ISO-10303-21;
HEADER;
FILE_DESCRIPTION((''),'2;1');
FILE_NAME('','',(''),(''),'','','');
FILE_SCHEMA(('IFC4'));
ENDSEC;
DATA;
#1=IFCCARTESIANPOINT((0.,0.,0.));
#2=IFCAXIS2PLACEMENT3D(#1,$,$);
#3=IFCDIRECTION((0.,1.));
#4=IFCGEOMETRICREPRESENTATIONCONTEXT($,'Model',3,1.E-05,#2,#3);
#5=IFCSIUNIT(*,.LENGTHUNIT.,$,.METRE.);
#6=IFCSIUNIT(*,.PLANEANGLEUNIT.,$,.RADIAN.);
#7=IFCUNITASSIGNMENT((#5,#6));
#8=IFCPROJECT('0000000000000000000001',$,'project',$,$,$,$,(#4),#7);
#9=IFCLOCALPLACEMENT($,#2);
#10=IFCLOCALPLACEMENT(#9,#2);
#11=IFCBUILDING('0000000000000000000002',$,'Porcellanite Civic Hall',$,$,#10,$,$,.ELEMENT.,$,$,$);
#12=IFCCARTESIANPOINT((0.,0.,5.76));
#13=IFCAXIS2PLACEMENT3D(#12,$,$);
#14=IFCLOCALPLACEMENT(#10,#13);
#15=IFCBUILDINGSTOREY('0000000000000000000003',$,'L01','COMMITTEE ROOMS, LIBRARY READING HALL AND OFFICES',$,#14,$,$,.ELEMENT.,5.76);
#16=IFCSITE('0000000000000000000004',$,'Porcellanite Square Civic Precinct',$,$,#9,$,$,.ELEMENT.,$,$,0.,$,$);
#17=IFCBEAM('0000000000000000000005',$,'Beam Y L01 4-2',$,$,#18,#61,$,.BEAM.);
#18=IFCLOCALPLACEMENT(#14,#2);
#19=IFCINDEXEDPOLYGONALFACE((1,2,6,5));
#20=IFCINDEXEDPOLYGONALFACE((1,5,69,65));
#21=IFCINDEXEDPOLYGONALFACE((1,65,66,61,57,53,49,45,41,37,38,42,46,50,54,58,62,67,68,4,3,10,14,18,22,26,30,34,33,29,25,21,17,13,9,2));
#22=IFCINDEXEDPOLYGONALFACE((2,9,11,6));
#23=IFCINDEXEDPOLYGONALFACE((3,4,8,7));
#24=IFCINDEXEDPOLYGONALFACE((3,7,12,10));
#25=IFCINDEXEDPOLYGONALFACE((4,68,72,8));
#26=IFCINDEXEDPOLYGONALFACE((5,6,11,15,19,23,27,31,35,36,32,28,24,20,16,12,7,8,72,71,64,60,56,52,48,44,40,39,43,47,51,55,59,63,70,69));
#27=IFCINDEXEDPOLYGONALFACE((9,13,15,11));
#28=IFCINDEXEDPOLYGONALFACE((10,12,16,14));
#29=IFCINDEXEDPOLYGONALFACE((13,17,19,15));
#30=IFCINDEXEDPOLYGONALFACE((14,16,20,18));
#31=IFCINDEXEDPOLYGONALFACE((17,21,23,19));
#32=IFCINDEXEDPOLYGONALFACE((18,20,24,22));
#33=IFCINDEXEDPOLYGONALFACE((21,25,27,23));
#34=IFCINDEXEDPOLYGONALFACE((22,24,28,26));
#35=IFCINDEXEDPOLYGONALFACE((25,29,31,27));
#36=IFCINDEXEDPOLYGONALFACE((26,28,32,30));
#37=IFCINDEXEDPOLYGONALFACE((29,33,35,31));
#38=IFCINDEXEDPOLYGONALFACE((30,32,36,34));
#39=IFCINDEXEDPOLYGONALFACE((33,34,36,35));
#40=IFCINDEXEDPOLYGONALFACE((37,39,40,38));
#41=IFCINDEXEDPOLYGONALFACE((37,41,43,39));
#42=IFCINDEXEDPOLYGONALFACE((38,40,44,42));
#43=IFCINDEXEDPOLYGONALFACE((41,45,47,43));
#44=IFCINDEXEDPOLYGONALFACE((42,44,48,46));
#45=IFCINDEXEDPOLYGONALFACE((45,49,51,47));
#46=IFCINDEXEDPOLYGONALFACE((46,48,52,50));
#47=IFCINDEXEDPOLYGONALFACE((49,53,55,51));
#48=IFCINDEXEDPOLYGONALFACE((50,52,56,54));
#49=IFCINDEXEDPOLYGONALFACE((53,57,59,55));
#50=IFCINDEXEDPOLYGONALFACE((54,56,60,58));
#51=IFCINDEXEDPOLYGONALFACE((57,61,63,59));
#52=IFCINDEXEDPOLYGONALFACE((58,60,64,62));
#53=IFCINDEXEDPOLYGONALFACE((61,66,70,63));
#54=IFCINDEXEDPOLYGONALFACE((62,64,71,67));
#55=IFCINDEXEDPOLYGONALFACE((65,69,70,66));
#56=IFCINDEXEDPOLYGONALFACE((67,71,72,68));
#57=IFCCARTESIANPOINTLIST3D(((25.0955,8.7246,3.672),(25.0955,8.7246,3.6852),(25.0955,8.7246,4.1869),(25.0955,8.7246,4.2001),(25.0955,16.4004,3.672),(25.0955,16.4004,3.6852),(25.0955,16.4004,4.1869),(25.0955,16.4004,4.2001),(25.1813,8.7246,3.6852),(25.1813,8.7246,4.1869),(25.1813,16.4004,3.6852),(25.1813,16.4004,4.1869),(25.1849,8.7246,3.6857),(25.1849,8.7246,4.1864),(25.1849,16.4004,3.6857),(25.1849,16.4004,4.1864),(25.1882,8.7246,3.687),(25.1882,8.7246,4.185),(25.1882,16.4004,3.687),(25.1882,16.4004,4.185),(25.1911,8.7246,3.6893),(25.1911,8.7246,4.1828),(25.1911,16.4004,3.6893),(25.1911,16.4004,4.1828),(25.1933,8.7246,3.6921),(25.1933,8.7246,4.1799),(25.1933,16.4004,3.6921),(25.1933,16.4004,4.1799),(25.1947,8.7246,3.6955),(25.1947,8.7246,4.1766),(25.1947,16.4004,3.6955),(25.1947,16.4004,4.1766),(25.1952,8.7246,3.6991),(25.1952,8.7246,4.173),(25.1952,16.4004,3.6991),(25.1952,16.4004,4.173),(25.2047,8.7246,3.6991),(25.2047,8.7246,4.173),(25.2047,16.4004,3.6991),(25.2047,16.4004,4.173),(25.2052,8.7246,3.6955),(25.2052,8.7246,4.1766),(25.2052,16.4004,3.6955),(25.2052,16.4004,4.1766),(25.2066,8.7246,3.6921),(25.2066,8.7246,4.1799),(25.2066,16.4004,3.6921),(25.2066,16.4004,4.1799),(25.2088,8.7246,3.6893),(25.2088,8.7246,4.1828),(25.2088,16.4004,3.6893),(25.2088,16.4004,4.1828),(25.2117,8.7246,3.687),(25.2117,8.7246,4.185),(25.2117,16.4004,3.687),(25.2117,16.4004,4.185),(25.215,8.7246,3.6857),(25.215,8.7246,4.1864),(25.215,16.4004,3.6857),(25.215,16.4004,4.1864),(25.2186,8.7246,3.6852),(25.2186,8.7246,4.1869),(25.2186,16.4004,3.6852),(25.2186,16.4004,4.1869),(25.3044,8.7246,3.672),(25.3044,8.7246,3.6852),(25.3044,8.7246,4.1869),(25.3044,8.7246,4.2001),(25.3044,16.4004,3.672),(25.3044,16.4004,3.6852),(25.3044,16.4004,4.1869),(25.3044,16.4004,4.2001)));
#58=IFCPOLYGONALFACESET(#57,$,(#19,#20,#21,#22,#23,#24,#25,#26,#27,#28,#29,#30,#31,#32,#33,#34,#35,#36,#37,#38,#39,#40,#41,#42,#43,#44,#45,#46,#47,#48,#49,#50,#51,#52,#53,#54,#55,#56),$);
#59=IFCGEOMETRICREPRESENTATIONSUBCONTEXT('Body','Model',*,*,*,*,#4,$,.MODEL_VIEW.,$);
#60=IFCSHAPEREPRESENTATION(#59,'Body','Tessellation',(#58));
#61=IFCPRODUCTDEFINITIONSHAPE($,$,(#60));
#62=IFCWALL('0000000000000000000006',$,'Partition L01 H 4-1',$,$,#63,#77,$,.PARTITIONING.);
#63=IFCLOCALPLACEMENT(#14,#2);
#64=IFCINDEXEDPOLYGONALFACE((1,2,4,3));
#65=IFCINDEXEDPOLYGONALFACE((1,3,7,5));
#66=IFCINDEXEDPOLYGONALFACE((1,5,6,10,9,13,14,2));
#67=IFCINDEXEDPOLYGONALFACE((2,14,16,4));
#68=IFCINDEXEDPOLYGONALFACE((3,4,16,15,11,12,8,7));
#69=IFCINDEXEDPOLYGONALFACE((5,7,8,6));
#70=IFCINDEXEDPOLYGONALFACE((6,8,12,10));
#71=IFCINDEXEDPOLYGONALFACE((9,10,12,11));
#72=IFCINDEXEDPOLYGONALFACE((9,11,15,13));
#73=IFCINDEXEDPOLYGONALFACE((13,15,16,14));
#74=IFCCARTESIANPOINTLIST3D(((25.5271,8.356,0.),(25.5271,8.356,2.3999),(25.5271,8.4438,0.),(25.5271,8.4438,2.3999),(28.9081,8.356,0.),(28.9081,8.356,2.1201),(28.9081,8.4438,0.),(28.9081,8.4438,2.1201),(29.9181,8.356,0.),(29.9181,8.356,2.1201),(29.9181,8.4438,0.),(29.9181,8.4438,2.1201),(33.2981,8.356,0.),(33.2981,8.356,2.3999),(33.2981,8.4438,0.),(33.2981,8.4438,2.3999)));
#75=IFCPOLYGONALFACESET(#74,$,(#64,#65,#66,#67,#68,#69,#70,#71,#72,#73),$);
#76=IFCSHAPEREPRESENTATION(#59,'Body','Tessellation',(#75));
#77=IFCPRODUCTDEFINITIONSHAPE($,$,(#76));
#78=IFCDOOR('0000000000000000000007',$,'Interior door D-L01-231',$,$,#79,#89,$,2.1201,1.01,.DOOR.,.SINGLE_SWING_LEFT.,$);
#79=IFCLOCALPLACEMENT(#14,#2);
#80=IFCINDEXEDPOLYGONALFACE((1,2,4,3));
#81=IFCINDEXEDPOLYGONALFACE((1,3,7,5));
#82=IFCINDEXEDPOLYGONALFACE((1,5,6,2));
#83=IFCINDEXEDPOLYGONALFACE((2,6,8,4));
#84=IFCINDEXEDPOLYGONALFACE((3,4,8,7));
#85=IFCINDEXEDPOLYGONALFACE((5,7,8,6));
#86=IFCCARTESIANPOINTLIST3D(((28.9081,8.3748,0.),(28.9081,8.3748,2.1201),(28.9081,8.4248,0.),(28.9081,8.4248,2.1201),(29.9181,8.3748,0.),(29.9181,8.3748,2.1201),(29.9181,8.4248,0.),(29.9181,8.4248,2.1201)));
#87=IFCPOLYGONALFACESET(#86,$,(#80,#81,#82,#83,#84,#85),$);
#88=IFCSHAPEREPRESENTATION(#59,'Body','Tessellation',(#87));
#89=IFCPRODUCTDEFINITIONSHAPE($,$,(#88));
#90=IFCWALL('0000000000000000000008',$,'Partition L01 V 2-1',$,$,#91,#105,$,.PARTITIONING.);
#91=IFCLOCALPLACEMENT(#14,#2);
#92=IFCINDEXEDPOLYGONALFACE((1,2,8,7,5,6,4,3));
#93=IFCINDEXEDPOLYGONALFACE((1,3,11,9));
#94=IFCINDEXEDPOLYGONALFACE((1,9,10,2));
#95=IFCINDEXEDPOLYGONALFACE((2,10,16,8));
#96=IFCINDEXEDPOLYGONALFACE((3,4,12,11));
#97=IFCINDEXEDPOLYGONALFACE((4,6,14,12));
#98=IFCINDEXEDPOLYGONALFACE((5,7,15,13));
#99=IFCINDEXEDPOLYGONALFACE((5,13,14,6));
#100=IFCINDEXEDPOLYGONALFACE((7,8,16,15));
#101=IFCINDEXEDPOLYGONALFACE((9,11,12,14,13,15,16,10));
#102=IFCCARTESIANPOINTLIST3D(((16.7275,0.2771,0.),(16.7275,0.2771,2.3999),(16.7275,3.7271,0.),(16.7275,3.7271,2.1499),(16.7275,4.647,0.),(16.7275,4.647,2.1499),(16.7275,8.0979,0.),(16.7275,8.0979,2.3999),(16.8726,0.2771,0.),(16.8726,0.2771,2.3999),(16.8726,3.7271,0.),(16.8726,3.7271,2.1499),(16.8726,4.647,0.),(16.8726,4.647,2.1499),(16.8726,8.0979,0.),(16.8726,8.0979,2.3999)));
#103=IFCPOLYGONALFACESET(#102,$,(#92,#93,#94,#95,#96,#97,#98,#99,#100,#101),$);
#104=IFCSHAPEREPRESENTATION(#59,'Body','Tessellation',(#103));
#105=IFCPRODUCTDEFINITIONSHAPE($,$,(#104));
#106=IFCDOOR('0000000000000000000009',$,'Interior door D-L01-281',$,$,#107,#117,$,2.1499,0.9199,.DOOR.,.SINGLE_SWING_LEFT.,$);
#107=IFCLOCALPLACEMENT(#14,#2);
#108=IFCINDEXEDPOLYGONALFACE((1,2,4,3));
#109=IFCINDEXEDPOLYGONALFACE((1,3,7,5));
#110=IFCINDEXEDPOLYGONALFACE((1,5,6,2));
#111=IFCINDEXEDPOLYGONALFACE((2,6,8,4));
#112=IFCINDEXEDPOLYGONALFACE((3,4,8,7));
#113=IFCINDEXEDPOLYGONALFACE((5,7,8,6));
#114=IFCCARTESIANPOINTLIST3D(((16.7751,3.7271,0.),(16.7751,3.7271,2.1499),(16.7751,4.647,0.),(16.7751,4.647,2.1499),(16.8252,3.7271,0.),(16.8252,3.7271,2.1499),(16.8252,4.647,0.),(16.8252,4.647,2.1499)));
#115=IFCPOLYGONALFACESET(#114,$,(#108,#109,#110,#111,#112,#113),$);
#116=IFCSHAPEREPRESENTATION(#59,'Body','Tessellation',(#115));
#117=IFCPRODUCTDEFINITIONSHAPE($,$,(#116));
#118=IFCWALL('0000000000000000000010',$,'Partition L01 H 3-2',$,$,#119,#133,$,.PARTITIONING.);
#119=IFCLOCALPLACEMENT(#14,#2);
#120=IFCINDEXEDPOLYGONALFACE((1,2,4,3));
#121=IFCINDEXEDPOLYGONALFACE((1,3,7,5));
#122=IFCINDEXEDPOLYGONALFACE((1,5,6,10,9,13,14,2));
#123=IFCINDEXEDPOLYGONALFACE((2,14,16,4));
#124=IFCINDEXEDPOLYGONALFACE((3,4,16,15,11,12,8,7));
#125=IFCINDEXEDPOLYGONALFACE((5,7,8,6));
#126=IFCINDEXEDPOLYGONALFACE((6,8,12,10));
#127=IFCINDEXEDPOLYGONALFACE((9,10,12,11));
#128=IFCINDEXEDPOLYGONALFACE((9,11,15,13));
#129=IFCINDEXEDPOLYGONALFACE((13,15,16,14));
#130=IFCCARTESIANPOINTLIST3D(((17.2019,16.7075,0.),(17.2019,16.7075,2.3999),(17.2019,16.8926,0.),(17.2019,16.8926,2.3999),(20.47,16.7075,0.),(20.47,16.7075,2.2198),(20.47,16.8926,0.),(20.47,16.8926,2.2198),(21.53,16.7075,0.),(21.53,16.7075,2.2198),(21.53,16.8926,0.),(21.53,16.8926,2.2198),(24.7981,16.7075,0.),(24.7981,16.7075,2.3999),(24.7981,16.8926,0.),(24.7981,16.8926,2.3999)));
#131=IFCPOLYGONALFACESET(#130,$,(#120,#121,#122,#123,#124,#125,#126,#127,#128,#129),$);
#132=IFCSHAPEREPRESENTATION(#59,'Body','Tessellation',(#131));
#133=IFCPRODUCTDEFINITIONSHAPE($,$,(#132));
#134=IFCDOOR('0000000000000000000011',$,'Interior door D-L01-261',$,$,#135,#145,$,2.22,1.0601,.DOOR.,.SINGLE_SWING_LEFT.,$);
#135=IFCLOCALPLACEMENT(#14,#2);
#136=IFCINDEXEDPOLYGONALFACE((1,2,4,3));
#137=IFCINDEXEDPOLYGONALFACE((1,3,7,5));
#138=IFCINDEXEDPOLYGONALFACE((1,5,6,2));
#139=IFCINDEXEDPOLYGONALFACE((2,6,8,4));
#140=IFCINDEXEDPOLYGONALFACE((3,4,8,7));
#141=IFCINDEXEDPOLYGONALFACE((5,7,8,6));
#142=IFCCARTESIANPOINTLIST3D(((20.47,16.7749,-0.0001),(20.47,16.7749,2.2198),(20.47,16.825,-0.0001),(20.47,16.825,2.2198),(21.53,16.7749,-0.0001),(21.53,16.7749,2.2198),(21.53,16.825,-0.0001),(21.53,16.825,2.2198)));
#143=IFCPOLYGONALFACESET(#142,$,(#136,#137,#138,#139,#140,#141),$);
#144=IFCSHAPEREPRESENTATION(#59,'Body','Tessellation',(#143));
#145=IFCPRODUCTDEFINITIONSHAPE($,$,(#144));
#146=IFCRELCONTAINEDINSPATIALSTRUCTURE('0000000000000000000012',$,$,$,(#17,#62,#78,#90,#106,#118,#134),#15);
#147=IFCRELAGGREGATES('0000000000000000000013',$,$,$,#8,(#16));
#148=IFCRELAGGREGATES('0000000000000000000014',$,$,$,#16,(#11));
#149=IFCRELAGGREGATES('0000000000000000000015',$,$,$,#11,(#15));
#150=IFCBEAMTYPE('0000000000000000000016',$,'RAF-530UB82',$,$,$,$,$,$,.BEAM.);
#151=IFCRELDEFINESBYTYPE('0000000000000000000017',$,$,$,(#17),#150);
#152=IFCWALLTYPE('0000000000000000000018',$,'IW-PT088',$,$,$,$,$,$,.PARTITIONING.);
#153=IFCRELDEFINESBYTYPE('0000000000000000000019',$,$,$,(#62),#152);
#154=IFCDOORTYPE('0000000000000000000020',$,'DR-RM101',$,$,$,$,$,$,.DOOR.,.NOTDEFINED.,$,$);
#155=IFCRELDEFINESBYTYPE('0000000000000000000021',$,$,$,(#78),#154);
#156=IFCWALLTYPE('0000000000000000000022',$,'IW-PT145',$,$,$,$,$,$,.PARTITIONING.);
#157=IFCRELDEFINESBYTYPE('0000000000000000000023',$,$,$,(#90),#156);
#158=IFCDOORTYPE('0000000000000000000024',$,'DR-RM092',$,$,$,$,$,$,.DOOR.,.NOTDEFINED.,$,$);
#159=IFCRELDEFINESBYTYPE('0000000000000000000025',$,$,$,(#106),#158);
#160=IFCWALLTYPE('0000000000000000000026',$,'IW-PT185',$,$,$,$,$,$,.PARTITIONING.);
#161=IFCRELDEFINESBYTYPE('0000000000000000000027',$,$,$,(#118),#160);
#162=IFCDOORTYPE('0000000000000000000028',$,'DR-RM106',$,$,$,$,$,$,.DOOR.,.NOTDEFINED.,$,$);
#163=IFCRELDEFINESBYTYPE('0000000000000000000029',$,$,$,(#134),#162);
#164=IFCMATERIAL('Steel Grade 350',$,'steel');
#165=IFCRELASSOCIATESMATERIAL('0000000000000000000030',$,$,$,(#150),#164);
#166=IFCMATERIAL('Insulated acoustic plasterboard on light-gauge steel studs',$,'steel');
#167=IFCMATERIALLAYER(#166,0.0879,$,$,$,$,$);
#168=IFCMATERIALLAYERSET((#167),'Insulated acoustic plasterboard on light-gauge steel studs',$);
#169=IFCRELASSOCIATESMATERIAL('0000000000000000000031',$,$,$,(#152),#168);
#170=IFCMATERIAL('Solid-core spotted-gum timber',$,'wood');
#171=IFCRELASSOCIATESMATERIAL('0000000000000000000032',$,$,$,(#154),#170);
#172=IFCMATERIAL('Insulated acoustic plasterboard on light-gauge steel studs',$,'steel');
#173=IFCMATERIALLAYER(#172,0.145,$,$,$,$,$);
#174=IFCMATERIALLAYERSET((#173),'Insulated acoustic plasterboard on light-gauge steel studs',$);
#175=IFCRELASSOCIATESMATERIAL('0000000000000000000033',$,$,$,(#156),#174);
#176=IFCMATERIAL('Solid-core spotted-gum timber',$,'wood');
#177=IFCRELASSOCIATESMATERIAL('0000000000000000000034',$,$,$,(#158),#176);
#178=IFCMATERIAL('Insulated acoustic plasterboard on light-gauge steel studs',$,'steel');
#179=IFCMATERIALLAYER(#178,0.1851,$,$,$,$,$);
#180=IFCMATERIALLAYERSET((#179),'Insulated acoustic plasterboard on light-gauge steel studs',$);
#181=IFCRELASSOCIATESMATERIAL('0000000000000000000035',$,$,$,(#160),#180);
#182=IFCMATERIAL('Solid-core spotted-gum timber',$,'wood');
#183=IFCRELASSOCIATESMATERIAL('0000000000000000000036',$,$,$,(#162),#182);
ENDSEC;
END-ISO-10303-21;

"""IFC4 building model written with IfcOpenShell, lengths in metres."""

from ifc_helpers import new_model, si_unit, direction, frame, frame_2d, origin, origin_2d, place, context, subcontext, project, spatial, rectangle, i_section, extrude, material, layer, layer_set, material_profile, profile_set, type_object, element, fill, save


model = new_model("IFC4")

# Units and contexts
model_context = context("Model", 3, precision=1e-05, world=origin(), true_north=direction((0.0, 1.0)))
body_context = subcontext(model_context, "Body", "Model", "MODEL_VIEW")
ifc_project = project(units=[si_unit("LENGTHUNIT", "METRE"), si_unit("PLANEANGLEUNIT", "RADIAN")], contexts=[model_context])

# Site, building, storey
site_placement = place(None, origin())
site = spatial("IfcSite", under=ifc_project, at=site_placement, Name="Porcellanite Square Civic Precinct", CompositionType="ELEMENT", RefElevation=0.0)
building_placement = place(site_placement, origin())
building = spatial("IfcBuilding", under=site, at=building_placement, Name="Porcellanite Civic Hall", CompositionType="ELEMENT")
storey_placement = place(building_placement, frame((0.0, 0.0, 5.76)))
storey = spatial("IfcBuildingStorey", under=building, at=storey_placement, Name="L01", Description="COMMITTEE ROOMS, LIBRARY READING HALL AND OFFICES", CompositionType="ELEMENT", Elevation=5.76)

# Beam
ifc_material_1 = material(Name="Steel Grade 350", Category="steel")
ifc_material_profile_1 = material_profile(ifc_material_1, i_section(OverallWidth=0.209, OverallDepth=0.5281, WebThickness=0.0095, FlangeThickness=0.0132, FilletRadius=0.0139, at=origin_2d()), Name="530UB82.0")
ifc_profile_set_1 = profile_set([ifc_material_profile_1], Name="Steel Grade 350")
beam_type_1 = type_object("IfcBeamType", Name="RAF-530UB82", PredefinedType="BEAM", material=ifc_profile_set_1)
beam_1_placement = place(storey_placement, frame((25.2, 8.7246, 3.936), z_axis=(0.0, 1.0, 0.0), x_axis=(-1.0, 0.0, 0.0)))
element("IfcBeam", 1, at=beam_1_placement, inside=storey, type_object=beam_type_1, Name="Beam Y L01 4-2", PredefinedType="BEAM", context=body_context, shape_type="SweptSolid", body=[
    extrude(i_section(OverallWidth=0.209, OverallDepth=0.5281, WebThickness=0.0095, FlangeThickness=0.0132, FilletRadius=0.0139, at=origin_2d()), origin(), (0.0, 0.0, 1.0), 7.6758),
])

# Walls, openings, doors
ifc_material_2 = material(Name="Insulated acoustic plasterboard on light-gauge steel studs", Category="steel")
ifc_layer_1 = layer(ifc_material_2, 0.0879)
ifc_layer_set_1 = layer_set([ifc_layer_1], Name="Insulated acoustic plasterboard on light-gauge steel studs")
wall_type_1 = type_object("IfcWallType", Name="IW-PT088", PredefinedType="PARTITIONING", material=ifc_layer_set_1)
wall_1_placement = place(storey_placement, frame((25.5271, 8.3999, 0.0), z_axis=(0.0, 0.0, 1.0), x_axis=(1.0, 0.0, 0.0)))
wall_1 = element("IfcWall", 2, at=wall_1_placement, inside=storey, type_object=wall_type_1, Name="Partition L01 H 4-1", PredefinedType="PARTITIONING", context=body_context, shape_type="SweptSolid", body=[
    extrude(rectangle(XDim=7.771, YDim=0.0879, at=frame_2d((3.8855, 0.0))), origin(), (0.0, 0.0, 1.0), 2.3999),
])
opening_1_placement = place(wall_1_placement, frame((3.3811, 0.0, 0.0)))
opening_1 = element("IfcOpeningElement", 3, at=opening_1_placement, cuts=wall_1, PredefinedType="OPENING", context=body_context, shape_type="SweptSolid", body=[
    extrude(rectangle(XDim=1.01, YDim=2.1201, at=frame_2d((0.5049, 1.0601))), frame((0.0, 0.0439, 0.0), z_axis=(0.0, -1.0, 0.0), x_axis=(1.0, 0.0, 0.0)), (0.0, 0.0, 1.0), 0.0879),
])
ifc_material_3 = material(Name="Solid-core spotted-gum timber", Category="wood")
door_type_1 = type_object("IfcDoorType", Name="DR-RM101", OperationType="NOTDEFINED", PredefinedType="DOOR", material=ifc_material_3)
door_1_placement = place(opening_1_placement, origin())
door_1 = element("IfcDoor", 4, at=door_1_placement, inside=storey, type_object=door_type_1, Name="Interior door D-L01-231", OperationType="SINGLE_SWING_LEFT", OverallHeight=2.1201, OverallWidth=1.01, PredefinedType="DOOR", context=body_context, shape_type="SweptSolid", body=[
    extrude(rectangle(XDim=1.01, YDim=2.1201, at=frame_2d((0.5049, 1.0601))), frame((0.0, 0.0249, 0.0), z_axis=(0.0, -1.0, 0.0), x_axis=(1.0, 0.0, 0.0)), (0.0, 0.0, 1.0), 0.05),
])
fill(opening_1, door_1)
ifc_material_4 = material(Name="Insulated acoustic plasterboard on light-gauge steel studs", Category="steel")
ifc_layer_2 = layer(ifc_material_4, 0.145)
ifc_layer_set_2 = layer_set([ifc_layer_2], Name="Insulated acoustic plasterboard on light-gauge steel studs")
wall_type_2 = type_object("IfcWallType", Name="IW-PT145", PredefinedType="PARTITIONING", material=ifc_layer_set_2)
wall_2_placement = place(storey_placement, frame((16.8, 0.2771, 0.0), z_axis=(0.0, 0.0, 1.0), x_axis=(0.0, 1.0, 0.0)))
wall_2 = element("IfcWall", 5, at=wall_2_placement, inside=storey, type_object=wall_type_2, Name="Partition L01 V 2-1", PredefinedType="PARTITIONING", context=body_context, shape_type="SweptSolid", body=[
    extrude(rectangle(XDim=7.8208, YDim=0.145, at=frame_2d((3.9104, 0.0))), origin(), (0.0, 0.0, 1.0), 2.3999),
])
opening_2_placement = place(wall_2_placement, frame((3.45, 0.0, 0.0)))
opening_2 = element("IfcOpeningElement", 6, at=opening_2_placement, cuts=wall_2, PredefinedType="OPENING", context=body_context, shape_type="SweptSolid", body=[
    extrude(rectangle(XDim=0.9199, YDim=2.1499, at=frame_2d((0.46, 1.075))), frame((0.0, 0.0725, 0.0), z_axis=(0.0, -1.0, 0.0), x_axis=(1.0, 0.0, 0.0)), (0.0, 0.0, 1.0), 0.145),
])
ifc_material_5 = material(Name="Solid-core spotted-gum timber", Category="wood")
door_type_2 = type_object("IfcDoorType", Name="DR-RM092", OperationType="NOTDEFINED", PredefinedType="DOOR", material=ifc_material_5)
door_2_placement = place(opening_2_placement, origin())
door_2 = element("IfcDoor", 7, at=door_2_placement, inside=storey, type_object=door_type_2, Name="Interior door D-L01-281", OperationType="SINGLE_SWING_LEFT", OverallHeight=2.1499, OverallWidth=0.9199, PredefinedType="DOOR", context=body_context, shape_type="SweptSolid", body=[
    extrude(rectangle(XDim=0.9199, YDim=2.1499, at=frame_2d((0.46, 1.075))), frame((0.0, 0.0249, 0.0), z_axis=(0.0, -1.0, 0.0), x_axis=(1.0, 0.0, 0.0)), (0.0, 0.0, 1.0), 0.05),
])
fill(opening_2, door_2)
ifc_material_6 = material(Name="Insulated acoustic plasterboard on light-gauge steel studs", Category="steel")
ifc_layer_3 = layer(ifc_material_6, 0.1851)
ifc_layer_set_3 = layer_set([ifc_layer_3], Name="Insulated acoustic plasterboard on light-gauge steel studs")
wall_type_3 = type_object("IfcWallType", Name="IW-PT185", PredefinedType="PARTITIONING", material=ifc_layer_set_3)
wall_3_placement = place(storey_placement, frame((17.2019, 16.8, 0.0), z_axis=(0.0, 0.0, 1.0), x_axis=(1.0, 0.0, 0.0)))
wall_3 = element("IfcWall", 8, at=wall_3_placement, inside=storey, type_object=wall_type_3, Name="Partition L01 H 3-2", PredefinedType="PARTITIONING", context=body_context, shape_type="SweptSolid", body=[
    extrude(rectangle(XDim=7.5962, YDim=0.1851, at=frame_2d((3.7981, 0.0))), origin(), (0.0, 0.0, 1.0), 2.3999),
])
opening_3_placement = place(wall_3_placement, frame((3.2681, 0.0, 0.0)))
opening_3 = element("IfcOpeningElement", 9, at=opening_3_placement, cuts=wall_3, PredefinedType="OPENING", context=body_context, shape_type="SweptSolid", body=[
    extrude(rectangle(XDim=1.0601, YDim=2.22, at=frame_2d((0.53, 1.1099))), frame((0.0, 0.0925, 0.0), z_axis=(0.0, -1.0, 0.0), x_axis=(1.0, 0.0, 0.0)), (0.0, 0.0, 1.0), 0.1851),
])
ifc_material_7 = material(Name="Solid-core spotted-gum timber", Category="wood")
door_type_3 = type_object("IfcDoorType", Name="DR-RM106", OperationType="NOTDEFINED", PredefinedType="DOOR", material=ifc_material_7)
door_3_placement = place(opening_3_placement, origin())
door_3 = element("IfcDoor", 10, at=door_3_placement, inside=storey, type_object=door_type_3, Name="Interior door D-L01-261", OperationType="SINGLE_SWING_LEFT", OverallHeight=2.22, OverallWidth=1.0601, PredefinedType="DOOR", context=body_context, shape_type="SweptSolid", body=[
    extrude(rectangle(XDim=1.0601, YDim=2.22, at=frame_2d((0.53, 1.1099))), frame((0.0, 0.0249, 0.0), z_axis=(0.0, -1.0, 0.0), x_axis=(1.0, 0.0, 0.0)), (0.0, 0.0, 1.0), 0.05),
])
fill(opening_3, door_3)

save(model, "model.ifc")
